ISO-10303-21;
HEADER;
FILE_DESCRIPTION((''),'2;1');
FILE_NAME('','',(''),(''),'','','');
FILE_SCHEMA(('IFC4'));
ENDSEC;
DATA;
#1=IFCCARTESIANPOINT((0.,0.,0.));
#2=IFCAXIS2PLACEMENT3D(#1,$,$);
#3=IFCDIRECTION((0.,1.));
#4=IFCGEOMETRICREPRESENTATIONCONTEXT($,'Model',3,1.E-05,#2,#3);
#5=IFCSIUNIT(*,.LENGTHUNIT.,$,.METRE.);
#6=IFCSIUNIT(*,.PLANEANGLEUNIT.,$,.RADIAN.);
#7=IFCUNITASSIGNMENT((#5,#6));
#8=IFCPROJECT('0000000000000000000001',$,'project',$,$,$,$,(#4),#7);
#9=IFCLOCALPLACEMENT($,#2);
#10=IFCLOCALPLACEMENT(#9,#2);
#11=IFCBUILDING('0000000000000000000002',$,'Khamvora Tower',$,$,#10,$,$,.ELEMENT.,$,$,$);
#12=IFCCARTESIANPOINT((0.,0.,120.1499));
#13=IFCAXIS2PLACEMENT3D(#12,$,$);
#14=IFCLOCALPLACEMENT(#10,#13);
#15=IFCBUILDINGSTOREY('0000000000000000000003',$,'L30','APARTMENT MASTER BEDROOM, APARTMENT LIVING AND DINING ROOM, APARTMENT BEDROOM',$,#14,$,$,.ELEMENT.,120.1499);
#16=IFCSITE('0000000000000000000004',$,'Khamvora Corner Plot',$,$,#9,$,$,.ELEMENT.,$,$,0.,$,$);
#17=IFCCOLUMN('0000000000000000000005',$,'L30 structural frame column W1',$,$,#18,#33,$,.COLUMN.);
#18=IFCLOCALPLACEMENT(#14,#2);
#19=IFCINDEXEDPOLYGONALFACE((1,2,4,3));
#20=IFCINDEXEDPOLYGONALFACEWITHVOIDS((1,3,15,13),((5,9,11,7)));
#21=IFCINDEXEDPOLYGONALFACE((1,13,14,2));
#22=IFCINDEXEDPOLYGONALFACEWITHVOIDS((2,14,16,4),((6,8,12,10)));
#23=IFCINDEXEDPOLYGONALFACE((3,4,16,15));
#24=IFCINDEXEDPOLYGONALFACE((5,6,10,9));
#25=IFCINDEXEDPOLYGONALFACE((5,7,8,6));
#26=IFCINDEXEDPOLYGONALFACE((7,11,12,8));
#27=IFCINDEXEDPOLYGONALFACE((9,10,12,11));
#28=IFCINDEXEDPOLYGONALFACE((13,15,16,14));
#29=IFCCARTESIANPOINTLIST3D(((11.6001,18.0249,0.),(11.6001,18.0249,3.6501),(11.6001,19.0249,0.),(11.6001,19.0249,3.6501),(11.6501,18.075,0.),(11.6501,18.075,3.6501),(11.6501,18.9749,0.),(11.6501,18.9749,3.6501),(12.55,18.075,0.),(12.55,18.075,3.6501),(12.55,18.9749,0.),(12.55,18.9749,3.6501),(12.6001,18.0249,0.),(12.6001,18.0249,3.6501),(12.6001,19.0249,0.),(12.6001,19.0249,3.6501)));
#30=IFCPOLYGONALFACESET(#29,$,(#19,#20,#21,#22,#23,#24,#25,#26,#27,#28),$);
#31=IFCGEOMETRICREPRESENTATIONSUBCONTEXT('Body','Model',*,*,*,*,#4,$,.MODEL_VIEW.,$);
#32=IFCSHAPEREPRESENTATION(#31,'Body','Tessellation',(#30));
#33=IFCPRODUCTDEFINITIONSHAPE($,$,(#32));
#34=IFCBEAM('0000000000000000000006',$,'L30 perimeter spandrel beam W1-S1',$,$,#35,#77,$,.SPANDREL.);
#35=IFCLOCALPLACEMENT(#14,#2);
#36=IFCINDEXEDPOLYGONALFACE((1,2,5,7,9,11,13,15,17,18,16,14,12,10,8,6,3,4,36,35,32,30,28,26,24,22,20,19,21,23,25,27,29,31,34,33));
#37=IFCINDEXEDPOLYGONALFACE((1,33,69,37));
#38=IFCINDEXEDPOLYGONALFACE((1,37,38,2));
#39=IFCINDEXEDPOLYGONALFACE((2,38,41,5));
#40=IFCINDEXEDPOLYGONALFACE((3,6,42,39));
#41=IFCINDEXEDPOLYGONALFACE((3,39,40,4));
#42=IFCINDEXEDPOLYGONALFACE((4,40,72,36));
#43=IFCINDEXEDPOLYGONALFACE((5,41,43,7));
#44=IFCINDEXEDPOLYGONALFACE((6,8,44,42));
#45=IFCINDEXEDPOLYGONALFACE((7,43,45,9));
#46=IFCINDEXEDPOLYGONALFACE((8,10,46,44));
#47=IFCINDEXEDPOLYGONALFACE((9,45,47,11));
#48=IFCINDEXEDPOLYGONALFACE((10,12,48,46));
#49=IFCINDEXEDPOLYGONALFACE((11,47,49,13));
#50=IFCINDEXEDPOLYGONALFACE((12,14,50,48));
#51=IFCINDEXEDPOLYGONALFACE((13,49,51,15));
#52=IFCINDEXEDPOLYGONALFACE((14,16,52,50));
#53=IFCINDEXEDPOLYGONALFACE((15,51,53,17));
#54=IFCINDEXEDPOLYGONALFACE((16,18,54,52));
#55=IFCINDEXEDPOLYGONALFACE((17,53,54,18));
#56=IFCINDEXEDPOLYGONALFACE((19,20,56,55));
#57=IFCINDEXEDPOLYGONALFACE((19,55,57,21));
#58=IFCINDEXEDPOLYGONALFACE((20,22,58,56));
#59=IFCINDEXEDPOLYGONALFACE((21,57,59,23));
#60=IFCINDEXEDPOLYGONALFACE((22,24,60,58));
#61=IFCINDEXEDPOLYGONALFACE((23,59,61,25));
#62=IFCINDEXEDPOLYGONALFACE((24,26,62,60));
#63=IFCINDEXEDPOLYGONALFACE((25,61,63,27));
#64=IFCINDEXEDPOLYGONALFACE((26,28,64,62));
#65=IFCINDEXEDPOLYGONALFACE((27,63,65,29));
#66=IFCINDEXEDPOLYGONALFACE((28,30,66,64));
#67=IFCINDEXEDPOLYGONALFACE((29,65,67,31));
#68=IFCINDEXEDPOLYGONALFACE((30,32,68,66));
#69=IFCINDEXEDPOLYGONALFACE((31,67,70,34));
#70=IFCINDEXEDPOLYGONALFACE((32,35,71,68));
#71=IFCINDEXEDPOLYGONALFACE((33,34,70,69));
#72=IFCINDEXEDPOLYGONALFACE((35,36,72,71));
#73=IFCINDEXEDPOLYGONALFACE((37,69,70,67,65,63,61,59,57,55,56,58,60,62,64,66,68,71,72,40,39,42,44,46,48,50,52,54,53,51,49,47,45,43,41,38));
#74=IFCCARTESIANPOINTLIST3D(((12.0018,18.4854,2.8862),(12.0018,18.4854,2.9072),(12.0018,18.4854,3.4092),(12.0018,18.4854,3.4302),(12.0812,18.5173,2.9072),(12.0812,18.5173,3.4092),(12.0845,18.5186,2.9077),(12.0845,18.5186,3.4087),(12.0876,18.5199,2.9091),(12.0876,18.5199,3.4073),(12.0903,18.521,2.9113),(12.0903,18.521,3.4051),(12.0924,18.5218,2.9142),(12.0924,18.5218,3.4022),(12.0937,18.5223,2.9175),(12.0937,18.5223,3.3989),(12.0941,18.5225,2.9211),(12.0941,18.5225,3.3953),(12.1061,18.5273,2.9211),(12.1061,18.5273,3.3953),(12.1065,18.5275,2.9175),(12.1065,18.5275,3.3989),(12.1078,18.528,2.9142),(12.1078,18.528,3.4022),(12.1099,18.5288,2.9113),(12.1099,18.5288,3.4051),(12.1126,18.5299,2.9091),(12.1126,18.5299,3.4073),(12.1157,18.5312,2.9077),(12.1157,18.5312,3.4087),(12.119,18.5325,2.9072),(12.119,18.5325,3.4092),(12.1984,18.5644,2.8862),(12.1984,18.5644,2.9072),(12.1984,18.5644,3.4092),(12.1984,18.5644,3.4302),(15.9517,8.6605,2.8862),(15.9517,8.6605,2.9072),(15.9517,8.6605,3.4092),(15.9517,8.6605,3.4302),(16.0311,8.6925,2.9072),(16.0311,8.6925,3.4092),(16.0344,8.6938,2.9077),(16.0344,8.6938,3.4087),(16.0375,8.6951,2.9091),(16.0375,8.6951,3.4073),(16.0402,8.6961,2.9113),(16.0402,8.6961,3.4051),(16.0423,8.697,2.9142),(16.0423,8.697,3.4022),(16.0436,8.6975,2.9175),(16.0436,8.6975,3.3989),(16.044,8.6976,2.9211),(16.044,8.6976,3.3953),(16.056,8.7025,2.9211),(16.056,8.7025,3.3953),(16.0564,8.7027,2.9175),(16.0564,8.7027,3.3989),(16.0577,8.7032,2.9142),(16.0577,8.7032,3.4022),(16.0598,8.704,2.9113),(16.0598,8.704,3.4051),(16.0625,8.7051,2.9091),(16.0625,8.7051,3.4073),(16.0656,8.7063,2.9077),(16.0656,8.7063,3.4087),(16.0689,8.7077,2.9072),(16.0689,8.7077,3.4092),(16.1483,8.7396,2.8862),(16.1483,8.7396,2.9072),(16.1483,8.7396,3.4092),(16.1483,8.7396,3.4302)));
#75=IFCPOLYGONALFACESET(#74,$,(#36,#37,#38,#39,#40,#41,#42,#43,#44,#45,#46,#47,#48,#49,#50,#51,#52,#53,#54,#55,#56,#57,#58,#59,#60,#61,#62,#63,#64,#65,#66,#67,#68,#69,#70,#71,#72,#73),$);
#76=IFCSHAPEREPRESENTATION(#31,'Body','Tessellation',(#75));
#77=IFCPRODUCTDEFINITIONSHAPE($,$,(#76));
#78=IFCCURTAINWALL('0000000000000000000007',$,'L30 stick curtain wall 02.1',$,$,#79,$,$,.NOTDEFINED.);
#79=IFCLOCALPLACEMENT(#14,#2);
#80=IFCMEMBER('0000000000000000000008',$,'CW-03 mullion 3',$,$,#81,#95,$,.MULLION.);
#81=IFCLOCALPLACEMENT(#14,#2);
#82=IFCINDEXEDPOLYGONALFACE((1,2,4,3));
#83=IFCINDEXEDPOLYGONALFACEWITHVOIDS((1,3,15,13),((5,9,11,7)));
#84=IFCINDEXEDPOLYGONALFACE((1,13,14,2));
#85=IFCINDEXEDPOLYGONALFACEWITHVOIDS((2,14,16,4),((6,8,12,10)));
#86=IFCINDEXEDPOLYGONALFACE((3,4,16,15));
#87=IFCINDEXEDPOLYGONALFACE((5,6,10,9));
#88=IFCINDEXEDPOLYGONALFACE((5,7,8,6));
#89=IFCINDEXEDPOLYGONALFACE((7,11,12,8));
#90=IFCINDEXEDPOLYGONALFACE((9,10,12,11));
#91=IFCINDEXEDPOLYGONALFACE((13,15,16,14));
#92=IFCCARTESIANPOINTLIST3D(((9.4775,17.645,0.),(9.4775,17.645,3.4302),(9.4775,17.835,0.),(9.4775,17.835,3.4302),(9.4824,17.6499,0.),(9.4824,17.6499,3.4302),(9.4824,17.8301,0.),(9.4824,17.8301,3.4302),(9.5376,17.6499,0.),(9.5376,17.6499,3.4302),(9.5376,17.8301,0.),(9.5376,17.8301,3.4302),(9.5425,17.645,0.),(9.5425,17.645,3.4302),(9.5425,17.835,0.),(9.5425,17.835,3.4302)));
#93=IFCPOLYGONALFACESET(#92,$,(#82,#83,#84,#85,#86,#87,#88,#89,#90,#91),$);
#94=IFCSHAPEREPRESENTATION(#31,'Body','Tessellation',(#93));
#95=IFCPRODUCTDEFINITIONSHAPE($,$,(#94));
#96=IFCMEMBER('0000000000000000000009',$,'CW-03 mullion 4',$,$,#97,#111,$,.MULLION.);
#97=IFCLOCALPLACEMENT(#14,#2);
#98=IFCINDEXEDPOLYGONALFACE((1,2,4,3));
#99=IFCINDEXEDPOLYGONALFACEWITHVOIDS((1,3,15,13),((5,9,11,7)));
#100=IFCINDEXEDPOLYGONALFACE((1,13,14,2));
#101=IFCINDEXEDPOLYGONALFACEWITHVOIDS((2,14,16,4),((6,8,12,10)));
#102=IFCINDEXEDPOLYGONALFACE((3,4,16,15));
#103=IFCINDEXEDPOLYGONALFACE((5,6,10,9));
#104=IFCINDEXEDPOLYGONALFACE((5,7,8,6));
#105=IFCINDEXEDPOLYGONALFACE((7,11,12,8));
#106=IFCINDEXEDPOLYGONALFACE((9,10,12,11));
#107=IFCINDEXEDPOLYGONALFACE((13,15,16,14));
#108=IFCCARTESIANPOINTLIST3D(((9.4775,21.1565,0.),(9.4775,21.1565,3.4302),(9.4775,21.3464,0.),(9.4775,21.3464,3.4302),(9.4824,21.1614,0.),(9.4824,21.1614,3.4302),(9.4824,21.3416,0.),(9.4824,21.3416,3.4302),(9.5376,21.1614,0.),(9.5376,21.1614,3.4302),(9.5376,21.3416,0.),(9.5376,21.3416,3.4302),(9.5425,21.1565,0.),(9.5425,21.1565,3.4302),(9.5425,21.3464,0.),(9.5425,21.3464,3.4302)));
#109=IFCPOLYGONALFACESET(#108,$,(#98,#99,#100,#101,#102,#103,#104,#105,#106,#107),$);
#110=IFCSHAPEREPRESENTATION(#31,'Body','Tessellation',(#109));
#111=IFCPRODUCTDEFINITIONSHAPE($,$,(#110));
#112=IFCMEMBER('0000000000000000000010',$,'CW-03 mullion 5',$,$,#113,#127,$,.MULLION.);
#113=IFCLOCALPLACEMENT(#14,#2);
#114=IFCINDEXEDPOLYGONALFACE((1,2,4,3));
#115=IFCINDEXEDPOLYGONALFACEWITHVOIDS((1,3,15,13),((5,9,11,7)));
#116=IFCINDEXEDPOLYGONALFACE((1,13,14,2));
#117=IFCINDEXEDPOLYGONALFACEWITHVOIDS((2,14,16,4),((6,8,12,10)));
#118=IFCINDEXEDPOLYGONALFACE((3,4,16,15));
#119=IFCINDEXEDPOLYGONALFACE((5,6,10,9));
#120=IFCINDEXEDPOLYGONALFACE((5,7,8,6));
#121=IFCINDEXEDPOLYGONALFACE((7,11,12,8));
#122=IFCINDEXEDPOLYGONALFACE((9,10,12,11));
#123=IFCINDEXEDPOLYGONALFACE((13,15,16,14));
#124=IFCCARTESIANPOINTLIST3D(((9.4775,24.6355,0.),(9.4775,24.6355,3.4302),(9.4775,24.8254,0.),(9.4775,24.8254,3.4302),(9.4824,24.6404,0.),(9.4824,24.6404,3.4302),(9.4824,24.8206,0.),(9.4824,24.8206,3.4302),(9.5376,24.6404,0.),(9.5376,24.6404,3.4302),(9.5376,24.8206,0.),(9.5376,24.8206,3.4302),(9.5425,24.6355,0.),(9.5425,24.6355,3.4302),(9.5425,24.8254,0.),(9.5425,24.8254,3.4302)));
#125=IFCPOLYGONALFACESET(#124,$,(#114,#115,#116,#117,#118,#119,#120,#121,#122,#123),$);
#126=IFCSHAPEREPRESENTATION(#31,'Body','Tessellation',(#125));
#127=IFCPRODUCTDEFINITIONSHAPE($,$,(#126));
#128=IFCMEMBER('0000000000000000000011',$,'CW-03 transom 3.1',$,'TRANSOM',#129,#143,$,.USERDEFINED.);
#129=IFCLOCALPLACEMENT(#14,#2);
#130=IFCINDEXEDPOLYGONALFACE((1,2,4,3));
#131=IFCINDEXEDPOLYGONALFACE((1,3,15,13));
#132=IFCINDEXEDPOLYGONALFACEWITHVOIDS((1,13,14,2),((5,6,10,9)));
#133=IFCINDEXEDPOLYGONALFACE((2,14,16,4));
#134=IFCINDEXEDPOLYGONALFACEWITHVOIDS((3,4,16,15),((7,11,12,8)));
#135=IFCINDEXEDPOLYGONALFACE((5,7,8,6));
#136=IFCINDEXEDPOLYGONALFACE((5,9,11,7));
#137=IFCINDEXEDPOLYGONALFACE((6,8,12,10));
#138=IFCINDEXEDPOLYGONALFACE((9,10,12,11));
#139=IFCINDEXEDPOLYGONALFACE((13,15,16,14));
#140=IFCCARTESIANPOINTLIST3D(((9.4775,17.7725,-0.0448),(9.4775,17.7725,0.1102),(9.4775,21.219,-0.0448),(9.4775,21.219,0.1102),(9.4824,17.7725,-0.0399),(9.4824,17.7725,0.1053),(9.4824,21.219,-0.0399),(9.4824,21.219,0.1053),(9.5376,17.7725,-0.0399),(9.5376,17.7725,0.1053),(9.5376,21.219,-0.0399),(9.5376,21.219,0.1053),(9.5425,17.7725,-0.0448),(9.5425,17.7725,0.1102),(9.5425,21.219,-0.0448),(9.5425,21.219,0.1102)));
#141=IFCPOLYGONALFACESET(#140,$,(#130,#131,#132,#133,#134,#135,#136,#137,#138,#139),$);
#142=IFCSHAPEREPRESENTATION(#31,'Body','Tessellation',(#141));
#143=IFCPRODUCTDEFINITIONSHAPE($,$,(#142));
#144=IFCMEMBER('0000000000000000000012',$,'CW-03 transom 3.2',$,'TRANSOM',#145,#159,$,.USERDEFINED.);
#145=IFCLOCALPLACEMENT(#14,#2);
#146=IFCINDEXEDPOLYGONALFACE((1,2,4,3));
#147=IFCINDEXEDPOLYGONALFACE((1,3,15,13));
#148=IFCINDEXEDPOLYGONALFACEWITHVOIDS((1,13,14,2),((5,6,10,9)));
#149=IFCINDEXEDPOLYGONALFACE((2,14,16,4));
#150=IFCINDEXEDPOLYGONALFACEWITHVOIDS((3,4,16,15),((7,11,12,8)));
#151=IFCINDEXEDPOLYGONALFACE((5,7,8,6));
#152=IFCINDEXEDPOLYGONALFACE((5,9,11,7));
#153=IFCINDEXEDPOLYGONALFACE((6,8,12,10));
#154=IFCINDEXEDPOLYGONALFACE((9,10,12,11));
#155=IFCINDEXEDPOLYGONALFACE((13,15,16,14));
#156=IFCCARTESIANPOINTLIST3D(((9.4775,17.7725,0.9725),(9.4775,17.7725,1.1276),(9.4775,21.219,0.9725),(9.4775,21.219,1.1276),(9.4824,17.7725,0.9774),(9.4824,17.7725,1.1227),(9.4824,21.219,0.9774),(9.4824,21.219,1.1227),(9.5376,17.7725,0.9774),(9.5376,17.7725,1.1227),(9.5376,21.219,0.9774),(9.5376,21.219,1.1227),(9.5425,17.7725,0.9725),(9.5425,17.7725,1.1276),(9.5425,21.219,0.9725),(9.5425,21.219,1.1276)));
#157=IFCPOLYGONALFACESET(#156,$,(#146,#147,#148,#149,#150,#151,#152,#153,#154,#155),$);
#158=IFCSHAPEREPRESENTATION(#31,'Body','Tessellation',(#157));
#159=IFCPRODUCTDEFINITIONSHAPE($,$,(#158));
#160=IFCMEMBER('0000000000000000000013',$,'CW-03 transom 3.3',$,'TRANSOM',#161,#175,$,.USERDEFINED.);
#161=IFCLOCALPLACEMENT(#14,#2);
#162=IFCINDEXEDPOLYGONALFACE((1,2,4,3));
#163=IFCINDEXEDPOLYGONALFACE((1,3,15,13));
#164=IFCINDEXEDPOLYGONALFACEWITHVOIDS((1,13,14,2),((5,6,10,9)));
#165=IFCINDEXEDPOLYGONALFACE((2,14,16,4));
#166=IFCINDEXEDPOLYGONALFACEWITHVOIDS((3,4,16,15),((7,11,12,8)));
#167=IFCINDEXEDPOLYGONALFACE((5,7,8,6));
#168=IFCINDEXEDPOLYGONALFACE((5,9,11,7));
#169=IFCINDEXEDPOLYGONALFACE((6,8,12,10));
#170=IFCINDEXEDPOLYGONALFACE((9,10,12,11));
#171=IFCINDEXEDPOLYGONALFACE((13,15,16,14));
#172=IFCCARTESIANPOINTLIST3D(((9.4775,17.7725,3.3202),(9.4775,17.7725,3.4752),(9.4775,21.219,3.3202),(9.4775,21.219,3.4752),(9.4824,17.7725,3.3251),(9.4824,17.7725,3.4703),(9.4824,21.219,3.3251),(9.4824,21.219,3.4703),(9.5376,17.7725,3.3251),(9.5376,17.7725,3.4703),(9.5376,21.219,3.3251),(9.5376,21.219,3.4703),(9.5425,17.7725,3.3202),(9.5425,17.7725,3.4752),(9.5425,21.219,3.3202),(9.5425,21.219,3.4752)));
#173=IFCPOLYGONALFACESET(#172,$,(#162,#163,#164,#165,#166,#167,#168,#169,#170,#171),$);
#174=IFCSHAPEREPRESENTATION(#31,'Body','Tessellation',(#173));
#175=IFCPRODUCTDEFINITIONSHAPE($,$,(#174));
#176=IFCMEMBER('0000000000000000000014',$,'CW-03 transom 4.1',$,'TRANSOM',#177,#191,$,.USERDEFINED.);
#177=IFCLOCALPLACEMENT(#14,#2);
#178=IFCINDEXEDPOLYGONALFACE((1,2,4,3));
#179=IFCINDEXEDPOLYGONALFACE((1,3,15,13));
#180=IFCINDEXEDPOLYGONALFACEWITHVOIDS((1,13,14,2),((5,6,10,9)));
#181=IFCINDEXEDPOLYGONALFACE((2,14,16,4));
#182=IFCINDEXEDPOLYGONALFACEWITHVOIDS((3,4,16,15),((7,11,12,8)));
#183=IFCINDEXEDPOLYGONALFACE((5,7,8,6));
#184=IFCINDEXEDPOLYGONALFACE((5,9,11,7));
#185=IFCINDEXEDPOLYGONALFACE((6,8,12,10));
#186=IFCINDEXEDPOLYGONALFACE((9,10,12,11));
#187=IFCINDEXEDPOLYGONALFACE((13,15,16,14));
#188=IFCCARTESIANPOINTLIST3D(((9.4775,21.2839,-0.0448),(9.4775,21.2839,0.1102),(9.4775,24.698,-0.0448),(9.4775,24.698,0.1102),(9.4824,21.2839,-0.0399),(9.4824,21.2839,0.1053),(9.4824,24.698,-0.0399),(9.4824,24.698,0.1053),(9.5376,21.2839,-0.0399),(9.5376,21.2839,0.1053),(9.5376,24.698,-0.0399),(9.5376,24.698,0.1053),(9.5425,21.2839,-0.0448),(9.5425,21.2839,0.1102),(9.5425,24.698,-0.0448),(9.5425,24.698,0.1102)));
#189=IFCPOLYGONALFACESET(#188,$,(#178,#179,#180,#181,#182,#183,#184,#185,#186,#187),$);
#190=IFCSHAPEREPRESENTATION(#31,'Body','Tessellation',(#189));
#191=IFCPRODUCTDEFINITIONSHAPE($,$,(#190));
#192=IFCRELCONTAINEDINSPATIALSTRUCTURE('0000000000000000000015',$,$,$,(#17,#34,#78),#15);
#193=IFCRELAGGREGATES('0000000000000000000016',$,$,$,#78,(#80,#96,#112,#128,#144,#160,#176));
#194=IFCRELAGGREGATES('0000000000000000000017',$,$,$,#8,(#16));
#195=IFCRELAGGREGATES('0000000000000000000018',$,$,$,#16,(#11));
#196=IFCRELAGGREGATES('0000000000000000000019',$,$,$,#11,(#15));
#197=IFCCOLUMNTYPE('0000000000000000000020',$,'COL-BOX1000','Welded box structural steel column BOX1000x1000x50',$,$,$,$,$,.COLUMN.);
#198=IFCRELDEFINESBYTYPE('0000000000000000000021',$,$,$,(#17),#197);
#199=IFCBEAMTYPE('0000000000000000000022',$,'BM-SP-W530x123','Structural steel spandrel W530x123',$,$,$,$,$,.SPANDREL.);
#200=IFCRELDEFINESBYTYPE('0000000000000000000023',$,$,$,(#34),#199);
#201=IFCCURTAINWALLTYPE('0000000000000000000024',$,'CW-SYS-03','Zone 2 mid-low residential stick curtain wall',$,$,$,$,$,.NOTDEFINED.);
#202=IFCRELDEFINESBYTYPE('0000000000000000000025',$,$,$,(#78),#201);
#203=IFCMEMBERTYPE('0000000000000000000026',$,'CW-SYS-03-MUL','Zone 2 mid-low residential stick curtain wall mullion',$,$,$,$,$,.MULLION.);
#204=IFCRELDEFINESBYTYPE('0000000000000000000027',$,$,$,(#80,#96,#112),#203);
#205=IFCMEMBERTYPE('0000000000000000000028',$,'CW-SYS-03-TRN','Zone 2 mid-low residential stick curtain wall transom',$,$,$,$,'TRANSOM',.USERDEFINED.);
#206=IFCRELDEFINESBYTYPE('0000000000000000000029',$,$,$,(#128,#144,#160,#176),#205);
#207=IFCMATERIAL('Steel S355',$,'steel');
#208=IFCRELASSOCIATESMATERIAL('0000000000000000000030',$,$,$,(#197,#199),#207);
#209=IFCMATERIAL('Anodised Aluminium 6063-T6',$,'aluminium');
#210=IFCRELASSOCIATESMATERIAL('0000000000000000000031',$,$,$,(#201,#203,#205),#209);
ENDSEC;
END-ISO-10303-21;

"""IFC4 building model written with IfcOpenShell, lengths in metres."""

from ifc_helpers import new_model, si_unit, direction, frame, origin, origin_2d, place, context, subcontext, project, spatial, hollow_rectangle, i_section, extrude, material, material_profile, profile_set, type_object, element, aggregate, save


model = new_model("IFC4")

# Units and contexts
model_context = context("Model", 3, precision=1e-05, world=origin(), true_north=direction((0.0, 1.0)))
body_context = subcontext(model_context, "Body", "Model", "MODEL_VIEW")
ifc_project = project(units=[si_unit("LENGTHUNIT", "METRE"), si_unit("PLANEANGLEUNIT", "RADIAN")], contexts=[model_context])

# Site, building, storey
site_placement = place(None, origin())
site = spatial("IfcSite", under=ifc_project, at=site_placement, Name="Khamvora Corner Plot", CompositionType="ELEMENT", RefElevation=0.0)
building_placement = place(site_placement, origin())
building = spatial("IfcBuilding", under=site, at=building_placement, Name="Khamvora Tower", CompositionType="ELEMENT")
storey_placement = place(building_placement, frame((0.0, 0.0, 120.1499)))
storey = spatial("IfcBuildingStorey", under=building, at=storey_placement, Name="L30", Description="APARTMENT MASTER BEDROOM, APARTMENT LIVING AND DINING ROOM, APARTMENT BEDROOM", CompositionType="ELEMENT", Elevation=120.1499)

# Column
ifc_material_1 = material(Name="Steel S355", Category="steel")
ifc_material_profile_1 = material_profile(ifc_material_1, hollow_rectangle(XDim=1.0, YDim=1.0, WallThickness=0.05, at=origin_2d()), Name="BOX1000x1000x50")
ifc_profile_set_1 = profile_set([ifc_material_profile_1], Name="Steel S355")
column_type = type_object("IfcColumnType", Name="COL-BOX1000", Description="Welded box structural steel column BOX1000x1000x50", PredefinedType="COLUMN", material=ifc_profile_set_1)
column_placement = place(storey_placement, frame((12.1001, 18.5249, 0.0), z_axis=(0.0, 0.0, 1.0), x_axis=(1.0, 0.0, 0.0)))
element("IfcColumn", 1, at=column_placement, inside=storey, type_object=column_type, Name="L30 structural frame column W1", PredefinedType="COLUMN", context=body_context, shape_type="SweptSolid", body=[
    extrude(hollow_rectangle(XDim=1.0, YDim=1.0, WallThickness=0.05, at=origin_2d()), origin(), (0.0, 0.0, 1.0), 3.6501),
])

# Beam
ifc_material_profile_2 = material_profile(ifc_material_1, i_section(OverallWidth=0.2119, OverallDepth=0.5439, WebThickness=0.0129, FlangeThickness=0.021, FilletRadius=0.0139, at=origin_2d()), Name="W530x123")
ifc_profile_set_2 = profile_set([ifc_material_profile_2], Name="Steel S355")
beam_type = type_object("IfcBeamType", Name="BM-SP-W530x123", Description="Structural steel spandrel W530x123", PredefinedType="SPANDREL", material=ifc_profile_set_2)
beam_placement = place(storey_placement, frame((12.1001, 18.5249, 3.1582), z_axis=(0.373016, -0.927825, 0.0), x_axis=(0.927825, 0.373016, 0.0)))
element("IfcBeam", 2, at=beam_placement, inside=storey, type_object=beam_type, Name="L30 perimeter spandrel beam W1-S1", PredefinedType="SPANDREL", context=body_context, shape_type="SweptSolid", body=[
    extrude(i_section(OverallWidth=0.2119, OverallDepth=0.5439, WebThickness=0.0129, FlangeThickness=0.021, FilletRadius=0.0139, at=origin_2d()), origin(), (0.0, 0.0, 1.0), 10.5891),
])

# Curtain wall, members
ifc_material_2 = material(Name="Anodised Aluminium 6063-T6", Category="aluminium")
curtain_wall_type = type_object("IfcCurtainWallType", Name="CW-SYS-03", Description="Zone 2 mid-low residential stick curtain wall", PredefinedType="NOTDEFINED", material=ifc_material_2)
curtain_wall_placement = place(storey_placement, origin())
curtain_wall = element("IfcCurtainWall", 3, at=curtain_wall_placement, inside=storey, type_object=curtain_wall_type, Name="L30 stick curtain wall 02.1", PredefinedType="NOTDEFINED")
ifc_material_profile_3 = material_profile(ifc_material_2, hollow_rectangle(XDim=0.0649, YDim=0.1899, WallThickness=0.0049, at=origin_2d()), Name="MUL65x190x5")
ifc_profile_set_3 = profile_set([ifc_material_profile_3], Name="Anodised Aluminium 6063-T6")
member_type_1 = type_object("IfcMemberType", Name="CW-SYS-03-MUL", Description="Zone 2 mid-low residential stick curtain wall mullion", PredefinedType="MULLION", material=ifc_profile_set_3)
member_1_placement = place(storey_placement, frame((9.51, 17.74, 0.0), z_axis=(0.0, 0.0, 1.0), x_axis=(-1.0, 0.0, 0.0)))
member_1 = element("IfcMember", 4, at=member_1_placement, type_object=member_type_1, Name="CW-03 mullion 3", PredefinedType="MULLION", context=body_context, shape_type="SweptSolid", body=[
    extrude(hollow_rectangle(XDim=0.0649, YDim=0.1899, WallThickness=0.0049, at=origin_2d()), origin(), (0.0, 0.0, 1.0), 3.4302),
])
member_2_placement = place(storey_placement, frame((9.51, 21.2515, 0.0), z_axis=(0.0, 0.0, 1.0), x_axis=(-1.0, 0.0, 0.0)))
member_2 = element("IfcMember", 5, at=member_2_placement, type_object=member_type_1, Name="CW-03 mullion 4", PredefinedType="MULLION", context=body_context, shape_type="SweptSolid", body=[
    extrude(hollow_rectangle(XDim=0.0649, YDim=0.1899, WallThickness=0.0049, at=origin_2d()), origin(), (0.0, 0.0, 1.0), 3.4302),
])
member_3_placement = place(storey_placement, frame((9.51, 24.7305, 0.0), z_axis=(0.0, 0.0, 1.0), x_axis=(-1.0, 0.0, 0.0)))
member_3 = element("IfcMember", 6, at=member_3_placement, type_object=member_type_1, Name="CW-03 mullion 5", PredefinedType="MULLION", context=body_context, shape_type="SweptSolid", body=[
    extrude(hollow_rectangle(XDim=0.0649, YDim=0.1899, WallThickness=0.0049, at=origin_2d()), origin(), (0.0, 0.0, 1.0), 3.4302),
])
ifc_material_profile_4 = material_profile(ifc_material_2, hollow_rectangle(XDim=0.0649, YDim=0.155, WallThickness=0.0049, at=origin_2d()), Name="TRN65x155x5")
ifc_profile_set_4 = profile_set([ifc_material_profile_4], Name="Anodised Aluminium 6063-T6")
member_type_2 = type_object("IfcMemberType", Name="CW-SYS-03-TRN", Description="Zone 2 mid-low residential stick curtain wall transom", ElementType="TRANSOM", PredefinedType="USERDEFINED", material=ifc_profile_set_4)
member_4_placement = place(storey_placement, frame((9.51, 17.7725, 0.0327), z_axis=(0.0, 1.0, 0.0), x_axis=(-1.0, 0.0, 0.0)))
member_4 = element("IfcMember", 7, at=member_4_placement, type_object=member_type_2, Name="CW-03 transom 3.1", ObjectType="TRANSOM", PredefinedType="USERDEFINED", context=body_context, shape_type="SweptSolid", body=[
    extrude(hollow_rectangle(XDim=0.0649, YDim=0.155, WallThickness=0.0049, at=origin_2d()), origin(), (0.0, 0.0, 1.0), 3.4465),
])
member_5_placement = place(storey_placement, frame((9.51, 17.7725, 1.05), z_axis=(0.0, 1.0, 0.0), x_axis=(-1.0, 0.0, 0.0)))
member_5 = element("IfcMember", 8, at=member_5_placement, type_object=member_type_2, Name="CW-03 transom 3.2", ObjectType="TRANSOM", PredefinedType="USERDEFINED", context=body_context, shape_type="SweptSolid", body=[
    extrude(hollow_rectangle(XDim=0.0649, YDim=0.155, WallThickness=0.0049, at=origin_2d()), origin(), (0.0, 0.0, 1.0), 3.4465),
])
member_6_placement = place(storey_placement, frame((9.51, 17.7725, 3.3977), z_axis=(0.0, 1.0, 0.0), x_axis=(-1.0, 0.0, 0.0)))
member_6 = element("IfcMember", 9, at=member_6_placement, type_object=member_type_2, Name="CW-03 transom 3.3", ObjectType="TRANSOM", PredefinedType="USERDEFINED", context=body_context, shape_type="SweptSolid", body=[
    extrude(hollow_rectangle(XDim=0.0649, YDim=0.155, WallThickness=0.0049, at=origin_2d()), origin(), (0.0, 0.0, 1.0), 3.4465),
])
member_7_placement = place(storey_placement, frame((9.51, 21.2839, 0.0327), z_axis=(0.0, 1.0, 0.0), x_axis=(-1.0, 0.0, 0.0)))
member_7 = element("IfcMember", 10, at=member_7_placement, type_object=member_type_2, Name="CW-03 transom 4.1", ObjectType="TRANSOM", PredefinedType="USERDEFINED", context=body_context, shape_type="SweptSolid", body=[
    extrude(hollow_rectangle(XDim=0.0649, YDim=0.155, WallThickness=0.0049, at=origin_2d()), origin(), (0.0, 0.0, 1.0), 3.4141),
])
aggregate(curtain_wall, [member_1, member_2, member_3, member_4, member_5, member_6, member_7])

save(model, "model.ifc")
